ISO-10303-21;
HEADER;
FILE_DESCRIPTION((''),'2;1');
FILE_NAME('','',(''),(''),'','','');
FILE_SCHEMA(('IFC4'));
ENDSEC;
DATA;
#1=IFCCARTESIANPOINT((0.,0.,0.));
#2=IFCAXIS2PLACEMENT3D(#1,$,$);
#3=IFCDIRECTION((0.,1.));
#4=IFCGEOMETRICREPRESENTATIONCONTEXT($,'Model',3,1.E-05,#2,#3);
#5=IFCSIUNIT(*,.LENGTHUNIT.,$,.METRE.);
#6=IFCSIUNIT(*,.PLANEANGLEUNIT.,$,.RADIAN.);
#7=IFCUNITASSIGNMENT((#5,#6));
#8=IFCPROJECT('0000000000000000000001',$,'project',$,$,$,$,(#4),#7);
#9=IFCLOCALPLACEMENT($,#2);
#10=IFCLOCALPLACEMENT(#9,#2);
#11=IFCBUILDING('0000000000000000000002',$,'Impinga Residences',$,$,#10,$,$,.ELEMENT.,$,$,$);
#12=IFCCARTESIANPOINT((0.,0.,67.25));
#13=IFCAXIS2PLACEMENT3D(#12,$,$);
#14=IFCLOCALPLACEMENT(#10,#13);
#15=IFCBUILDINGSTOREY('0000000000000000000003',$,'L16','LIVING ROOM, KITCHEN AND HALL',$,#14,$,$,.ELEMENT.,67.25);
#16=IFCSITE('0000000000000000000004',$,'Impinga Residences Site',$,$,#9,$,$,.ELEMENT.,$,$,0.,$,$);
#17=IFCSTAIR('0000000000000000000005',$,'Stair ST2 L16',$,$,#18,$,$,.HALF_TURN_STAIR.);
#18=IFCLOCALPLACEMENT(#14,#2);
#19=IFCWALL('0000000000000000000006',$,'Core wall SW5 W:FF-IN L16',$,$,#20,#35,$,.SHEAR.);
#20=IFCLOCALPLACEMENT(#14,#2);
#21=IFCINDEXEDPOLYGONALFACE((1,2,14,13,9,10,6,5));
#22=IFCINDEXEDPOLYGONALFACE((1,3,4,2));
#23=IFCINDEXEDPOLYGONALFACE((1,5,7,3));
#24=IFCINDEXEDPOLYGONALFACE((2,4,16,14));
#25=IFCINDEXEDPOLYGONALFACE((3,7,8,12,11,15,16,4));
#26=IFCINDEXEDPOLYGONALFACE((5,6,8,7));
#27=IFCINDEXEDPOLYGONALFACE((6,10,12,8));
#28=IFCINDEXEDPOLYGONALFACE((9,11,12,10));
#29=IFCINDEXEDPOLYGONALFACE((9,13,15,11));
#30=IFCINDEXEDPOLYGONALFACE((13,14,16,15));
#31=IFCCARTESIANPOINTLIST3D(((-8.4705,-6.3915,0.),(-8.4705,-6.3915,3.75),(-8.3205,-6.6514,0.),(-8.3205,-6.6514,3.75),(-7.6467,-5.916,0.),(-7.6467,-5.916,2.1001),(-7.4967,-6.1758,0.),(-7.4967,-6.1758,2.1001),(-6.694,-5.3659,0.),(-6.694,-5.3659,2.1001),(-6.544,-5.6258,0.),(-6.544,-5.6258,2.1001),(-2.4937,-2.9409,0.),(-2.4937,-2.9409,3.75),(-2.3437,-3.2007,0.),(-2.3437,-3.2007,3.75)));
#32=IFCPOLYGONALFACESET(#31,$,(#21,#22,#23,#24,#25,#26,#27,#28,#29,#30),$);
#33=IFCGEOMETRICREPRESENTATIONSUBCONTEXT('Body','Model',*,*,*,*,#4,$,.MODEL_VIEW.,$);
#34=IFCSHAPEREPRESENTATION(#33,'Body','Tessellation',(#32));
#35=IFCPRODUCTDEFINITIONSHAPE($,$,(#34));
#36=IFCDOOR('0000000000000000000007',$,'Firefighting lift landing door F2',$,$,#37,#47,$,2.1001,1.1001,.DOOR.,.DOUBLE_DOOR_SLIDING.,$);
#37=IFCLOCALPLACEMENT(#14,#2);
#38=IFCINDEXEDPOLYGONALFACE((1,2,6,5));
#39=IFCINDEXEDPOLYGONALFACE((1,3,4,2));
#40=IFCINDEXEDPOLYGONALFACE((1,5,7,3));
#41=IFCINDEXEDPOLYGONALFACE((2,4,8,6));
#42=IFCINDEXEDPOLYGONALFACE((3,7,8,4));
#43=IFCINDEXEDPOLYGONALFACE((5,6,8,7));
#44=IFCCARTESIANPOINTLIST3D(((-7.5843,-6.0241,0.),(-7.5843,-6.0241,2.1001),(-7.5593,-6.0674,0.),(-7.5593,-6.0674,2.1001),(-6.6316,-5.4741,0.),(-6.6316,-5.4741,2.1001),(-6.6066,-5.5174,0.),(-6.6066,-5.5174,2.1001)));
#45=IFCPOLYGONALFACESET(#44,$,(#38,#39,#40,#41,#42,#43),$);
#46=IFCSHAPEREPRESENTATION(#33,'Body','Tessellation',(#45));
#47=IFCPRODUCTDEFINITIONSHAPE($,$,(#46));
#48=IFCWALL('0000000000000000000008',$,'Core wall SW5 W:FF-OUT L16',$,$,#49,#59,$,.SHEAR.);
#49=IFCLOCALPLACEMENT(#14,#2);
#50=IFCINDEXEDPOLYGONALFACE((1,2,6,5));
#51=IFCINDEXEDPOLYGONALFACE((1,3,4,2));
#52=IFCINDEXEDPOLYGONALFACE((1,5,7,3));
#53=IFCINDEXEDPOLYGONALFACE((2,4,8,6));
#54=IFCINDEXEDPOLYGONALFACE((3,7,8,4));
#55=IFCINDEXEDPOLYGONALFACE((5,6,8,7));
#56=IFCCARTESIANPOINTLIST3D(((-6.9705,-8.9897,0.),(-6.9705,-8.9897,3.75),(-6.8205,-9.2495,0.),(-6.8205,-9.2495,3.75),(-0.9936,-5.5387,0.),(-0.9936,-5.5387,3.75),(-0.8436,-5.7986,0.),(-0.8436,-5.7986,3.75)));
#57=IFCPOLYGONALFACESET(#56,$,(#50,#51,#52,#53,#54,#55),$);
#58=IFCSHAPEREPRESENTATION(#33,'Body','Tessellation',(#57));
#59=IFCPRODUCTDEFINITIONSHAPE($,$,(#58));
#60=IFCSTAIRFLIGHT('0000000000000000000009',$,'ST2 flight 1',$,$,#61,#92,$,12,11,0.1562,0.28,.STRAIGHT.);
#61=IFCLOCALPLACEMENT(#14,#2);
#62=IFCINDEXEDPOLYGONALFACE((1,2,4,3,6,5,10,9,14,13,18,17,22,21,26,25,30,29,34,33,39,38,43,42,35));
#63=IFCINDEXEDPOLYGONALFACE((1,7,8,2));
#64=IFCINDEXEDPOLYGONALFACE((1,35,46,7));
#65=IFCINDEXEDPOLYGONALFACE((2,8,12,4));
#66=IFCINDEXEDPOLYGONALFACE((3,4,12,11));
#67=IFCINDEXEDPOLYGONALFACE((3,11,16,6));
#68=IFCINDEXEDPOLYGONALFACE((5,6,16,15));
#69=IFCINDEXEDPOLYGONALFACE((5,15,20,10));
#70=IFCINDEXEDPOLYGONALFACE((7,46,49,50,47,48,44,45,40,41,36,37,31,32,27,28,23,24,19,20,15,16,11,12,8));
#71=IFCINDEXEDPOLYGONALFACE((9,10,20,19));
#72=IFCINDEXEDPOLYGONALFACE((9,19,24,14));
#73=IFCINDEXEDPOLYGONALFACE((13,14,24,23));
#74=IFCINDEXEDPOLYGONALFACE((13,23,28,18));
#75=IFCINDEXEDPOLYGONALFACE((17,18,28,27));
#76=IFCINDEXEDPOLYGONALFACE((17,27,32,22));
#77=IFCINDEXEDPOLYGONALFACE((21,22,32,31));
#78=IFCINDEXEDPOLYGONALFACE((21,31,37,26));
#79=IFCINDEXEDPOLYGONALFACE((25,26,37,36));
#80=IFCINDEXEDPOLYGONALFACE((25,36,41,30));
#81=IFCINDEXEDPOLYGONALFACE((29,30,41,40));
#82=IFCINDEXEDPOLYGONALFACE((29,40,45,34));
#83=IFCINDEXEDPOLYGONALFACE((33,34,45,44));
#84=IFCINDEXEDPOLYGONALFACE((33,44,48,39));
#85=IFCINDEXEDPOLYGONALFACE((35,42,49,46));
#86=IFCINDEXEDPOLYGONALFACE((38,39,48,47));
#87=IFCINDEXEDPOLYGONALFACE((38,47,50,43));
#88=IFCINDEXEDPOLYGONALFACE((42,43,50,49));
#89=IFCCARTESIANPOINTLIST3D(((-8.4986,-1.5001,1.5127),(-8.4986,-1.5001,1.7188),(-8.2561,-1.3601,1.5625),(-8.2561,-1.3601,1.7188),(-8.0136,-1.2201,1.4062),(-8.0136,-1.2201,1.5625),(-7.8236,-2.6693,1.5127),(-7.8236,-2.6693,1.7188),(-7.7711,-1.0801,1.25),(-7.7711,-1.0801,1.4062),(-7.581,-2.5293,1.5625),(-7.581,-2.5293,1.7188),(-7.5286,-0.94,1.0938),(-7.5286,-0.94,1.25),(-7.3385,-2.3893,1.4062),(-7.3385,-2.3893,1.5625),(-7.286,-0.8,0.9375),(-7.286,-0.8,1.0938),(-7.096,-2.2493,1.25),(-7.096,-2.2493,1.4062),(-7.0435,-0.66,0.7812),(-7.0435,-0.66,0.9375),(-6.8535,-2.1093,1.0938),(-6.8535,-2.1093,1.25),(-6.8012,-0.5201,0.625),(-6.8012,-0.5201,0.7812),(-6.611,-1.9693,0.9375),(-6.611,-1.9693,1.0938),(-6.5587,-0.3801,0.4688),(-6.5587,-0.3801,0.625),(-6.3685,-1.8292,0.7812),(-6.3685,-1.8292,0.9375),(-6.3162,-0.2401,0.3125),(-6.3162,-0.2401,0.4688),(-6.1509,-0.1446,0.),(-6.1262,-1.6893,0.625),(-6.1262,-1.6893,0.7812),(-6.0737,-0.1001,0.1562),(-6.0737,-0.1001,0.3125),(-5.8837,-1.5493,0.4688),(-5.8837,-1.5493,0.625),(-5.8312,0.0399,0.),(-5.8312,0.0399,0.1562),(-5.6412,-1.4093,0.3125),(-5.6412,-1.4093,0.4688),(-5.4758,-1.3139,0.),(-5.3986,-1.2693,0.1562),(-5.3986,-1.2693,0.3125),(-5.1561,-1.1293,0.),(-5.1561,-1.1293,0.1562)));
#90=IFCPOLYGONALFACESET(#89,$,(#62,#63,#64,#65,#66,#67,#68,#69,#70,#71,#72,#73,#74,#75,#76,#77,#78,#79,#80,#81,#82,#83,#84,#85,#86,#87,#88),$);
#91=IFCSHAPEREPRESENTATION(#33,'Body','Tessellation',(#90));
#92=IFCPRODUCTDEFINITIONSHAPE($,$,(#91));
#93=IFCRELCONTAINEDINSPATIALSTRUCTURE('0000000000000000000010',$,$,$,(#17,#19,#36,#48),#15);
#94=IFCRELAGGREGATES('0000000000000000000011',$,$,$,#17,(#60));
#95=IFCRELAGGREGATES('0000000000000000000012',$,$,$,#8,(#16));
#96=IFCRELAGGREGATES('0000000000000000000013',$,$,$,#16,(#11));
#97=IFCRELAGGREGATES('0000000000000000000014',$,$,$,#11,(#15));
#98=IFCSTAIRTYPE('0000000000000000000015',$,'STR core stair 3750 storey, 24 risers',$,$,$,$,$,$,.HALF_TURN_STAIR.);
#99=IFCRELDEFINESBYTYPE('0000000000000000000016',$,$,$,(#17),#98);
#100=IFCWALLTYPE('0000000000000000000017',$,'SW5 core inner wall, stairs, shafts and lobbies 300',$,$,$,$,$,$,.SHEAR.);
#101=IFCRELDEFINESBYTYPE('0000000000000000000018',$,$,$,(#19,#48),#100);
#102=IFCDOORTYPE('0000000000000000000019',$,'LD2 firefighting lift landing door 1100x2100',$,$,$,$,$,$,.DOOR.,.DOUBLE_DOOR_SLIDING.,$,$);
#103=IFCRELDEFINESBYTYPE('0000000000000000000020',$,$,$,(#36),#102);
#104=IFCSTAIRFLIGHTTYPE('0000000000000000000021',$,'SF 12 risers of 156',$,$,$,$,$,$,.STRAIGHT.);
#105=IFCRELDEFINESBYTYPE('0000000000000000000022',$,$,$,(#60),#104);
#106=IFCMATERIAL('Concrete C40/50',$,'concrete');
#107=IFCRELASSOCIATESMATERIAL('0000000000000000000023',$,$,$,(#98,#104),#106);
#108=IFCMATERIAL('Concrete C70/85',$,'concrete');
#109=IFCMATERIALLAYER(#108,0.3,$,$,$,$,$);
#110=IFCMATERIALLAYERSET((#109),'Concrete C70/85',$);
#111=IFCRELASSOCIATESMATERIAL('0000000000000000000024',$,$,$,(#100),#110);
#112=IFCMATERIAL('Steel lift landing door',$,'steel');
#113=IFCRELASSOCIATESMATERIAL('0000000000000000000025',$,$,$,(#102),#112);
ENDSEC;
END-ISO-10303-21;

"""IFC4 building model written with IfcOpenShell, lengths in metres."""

from ifc_helpers import new_model, si_unit, direction, frame, frame_2d, origin, place, context, subcontext, project, spatial, polyline, rectangle, outline, extrude, material, layer, layer_set, type_object, element, fill, aggregate, save


model = new_model("IFC4")

# Units and contexts
model_context = context("Model", 3, precision=1e-05, world=origin(), true_north=direction((0.0, 1.0)))
body_context = subcontext(model_context, "Body", "Model", "MODEL_VIEW")
ifc_project = project(units=[si_unit("LENGTHUNIT", "METRE"), si_unit("PLANEANGLEUNIT", "RADIAN")], contexts=[model_context])

# Site, building, storey
site_placement = place(None, origin())
site = spatial("IfcSite", under=ifc_project, at=site_placement, Name="Impinga Residences Site", CompositionType="ELEMENT", RefElevation=0.0)
building_placement = place(site_placement, origin())
building = spatial("IfcBuilding", under=site, at=building_placement, Name="Impinga Residences", CompositionType="ELEMENT")
storey_placement = place(building_placement, frame((0.0, 0.0, 67.25)))
storey = spatial("IfcBuildingStorey", under=building, at=storey_placement, Name="L16", Description="LIVING ROOM, KITCHEN AND HALL", CompositionType="ELEMENT", Elevation=67.25)

# Stair
ifc_material_1 = material(Name="Concrete C40/50", Category="concrete")
stair_type = type_object("IfcStairType", Name="STR core stair 3750 storey, 24 risers", PredefinedType="HALF_TURN_STAIR", material=ifc_material_1)
stair_1_placement = place(storey_placement, origin())
stair_1 = element("IfcStair", 1, at=stair_1_placement, inside=storey, type_object=stair_type, Name="Stair ST2 L16", PredefinedType="HALF_TURN_STAIR")

# Shared definitions
ifc_material_2 = material(Name="Concrete C70/85", Category="concrete")

# Shared definitions
ifc_layer_1 = layer(ifc_material_2, 0.3)
ifc_layer_set_1 = layer_set([ifc_layer_1], Name="Concrete C70/85")
wall_type_1 = type_object("IfcWallType", Name="SW5 core inner wall, stairs, shafts and lobbies 300", PredefinedType="SHEAR", material=ifc_layer_set_1)

# Wall, opening, door
wall_1_placement = place(storey_placement, frame((-2.4187, -3.0708, 0.0), z_axis=(0.0, 0.0, 1.0), x_axis=(-0.866027, -0.499997, 0.0)))
wall_1 = element("IfcWall", 2, at=wall_1_placement, inside=storey, type_object=wall_type_1, Name="Core wall SW5 W:FF-IN L16", PredefinedType="SHEAR", context=body_context, shape_type="SweptSolid", body=[
    extrude(rectangle(XDim=6.9014, YDim=0.3, at=frame_2d((3.4507, 0.0))), origin(), (0.0, 0.0, 1.0), 3.75),
])
opening_1_placement = place(wall_1_placement, frame((4.8501, 0.0, 0.0)))
opening_1 = element("IfcOpeningElement", 3, at=opening_1_placement, cuts=wall_1, PredefinedType="OPENING", context=body_context, shape_type="SweptSolid", body=[
    extrude(rectangle(XDim=1.1001, YDim=2.1001, at=frame_2d((0.55, 1.05))), frame((0.0, 0.1599, 0.0), z_axis=(0.0, -1.0, 0.0), x_axis=(1.0, 0.0, 0.0)), (0.0, 0.0, 1.0), 0.3201),
])
ifc_material_3 = material(Name="Steel lift landing door", Category="steel")
door_type_1 = type_object("IfcDoorType", Name="LD2 firefighting lift landing door 1100x2100", OperationType="DOUBLE_DOOR_SLIDING", PredefinedType="DOOR", material=ifc_material_3)
door_1_placement = place(opening_1_placement, origin())
door_1 = element("IfcDoor", 4, at=door_1_placement, inside=storey, type_object=door_type_1, Name="Firefighting lift landing door F2", OperationType="DOUBLE_DOOR_SLIDING", OverallHeight=2.1001, OverallWidth=1.1001, PredefinedType="DOOR", context=body_context, shape_type="SweptSolid", body=[
    extrude(rectangle(XDim=1.1001, YDim=2.1001, at=frame_2d((0.55, 1.05))), frame((0.0, 0.0249, 0.0), z_axis=(0.0, -1.0, 0.0), x_axis=(1.0, 0.0, 0.0)), (0.0, 0.0, 1.0), 0.05),
])
fill(opening_1, door_1)

# Wall
wall_2_placement = place(storey_placement, frame((-0.9187, -5.6687, 0.0), z_axis=(0.0, 0.0, 1.0), x_axis=(-0.866012, -0.500024, 0.0)))
element("IfcWall", 5, at=wall_2_placement, inside=storey, type_object=wall_type_1, Name="Core wall SW5 W:FF-OUT L16", PredefinedType="SHEAR", context=body_context, shape_type="SweptSolid", body=[
    extrude(rectangle(XDim=6.9016, YDim=0.3, at=frame_2d((3.4507, 0.0))), origin(), (0.0, 0.0, 1.0), 3.75),
])

# Stair flight
stair_flight_type = type_object("IfcStairFlightType", Name="SF 12 risers of 156", PredefinedType="STRAIGHT", material=ifc_material_1)
stair_flight_placement = place(storey_placement, frame((-5.4937, -0.5447, 0.0), z_axis=(0.0, 0.0, 1.0), x_axis=(-0.866025, -0.5, 0.0)))
stair_flight = element("IfcStairFlight", 6, at=stair_flight_placement, type_object=stair_flight_type, Name="ST2 flight 1", NumberOfRisers=12, NumberOfTreads=11, PredefinedType="STRAIGHT", RiserHeight=0.1562, TreadLength=0.28, context=body_context, shape_type="SweptSolid", body=[
    extrude(outline(polyline([(0.0, 0.0), (0.0, 0.1562), (0.28, 0.1562), (0.28, 0.3125), (0.5601, 0.3125), (0.5601, 0.4688), (0.8401, 0.4688), (0.8401, 0.625), (1.1201, 0.625), (1.1201, 0.7812), (1.3999, 0.7812), (1.3999, 0.9375), (1.6799, 0.9375), (1.6799, 1.0938), (1.96, 1.0938), (1.96, 1.25), (2.24, 1.25), (2.24, 1.4062), (2.52, 1.4062), (2.52, 1.5625), (2.8, 1.5625), (2.8, 1.7188), (3.0801, 1.7188), (3.0801, 1.875), (3.0801, 1.5127), (0.3691, 0.0), (0.0, 0.0)])), frame((0.0, 0.675, 0.0), z_axis=(0.0, -1.0, 0.0), x_axis=(1.0, 0.0, 0.0)), (0.0, 0.0, 1.0), 1.3501),
])
aggregate(stair_1, [stair_flight])

save(model, "model.ifc")
